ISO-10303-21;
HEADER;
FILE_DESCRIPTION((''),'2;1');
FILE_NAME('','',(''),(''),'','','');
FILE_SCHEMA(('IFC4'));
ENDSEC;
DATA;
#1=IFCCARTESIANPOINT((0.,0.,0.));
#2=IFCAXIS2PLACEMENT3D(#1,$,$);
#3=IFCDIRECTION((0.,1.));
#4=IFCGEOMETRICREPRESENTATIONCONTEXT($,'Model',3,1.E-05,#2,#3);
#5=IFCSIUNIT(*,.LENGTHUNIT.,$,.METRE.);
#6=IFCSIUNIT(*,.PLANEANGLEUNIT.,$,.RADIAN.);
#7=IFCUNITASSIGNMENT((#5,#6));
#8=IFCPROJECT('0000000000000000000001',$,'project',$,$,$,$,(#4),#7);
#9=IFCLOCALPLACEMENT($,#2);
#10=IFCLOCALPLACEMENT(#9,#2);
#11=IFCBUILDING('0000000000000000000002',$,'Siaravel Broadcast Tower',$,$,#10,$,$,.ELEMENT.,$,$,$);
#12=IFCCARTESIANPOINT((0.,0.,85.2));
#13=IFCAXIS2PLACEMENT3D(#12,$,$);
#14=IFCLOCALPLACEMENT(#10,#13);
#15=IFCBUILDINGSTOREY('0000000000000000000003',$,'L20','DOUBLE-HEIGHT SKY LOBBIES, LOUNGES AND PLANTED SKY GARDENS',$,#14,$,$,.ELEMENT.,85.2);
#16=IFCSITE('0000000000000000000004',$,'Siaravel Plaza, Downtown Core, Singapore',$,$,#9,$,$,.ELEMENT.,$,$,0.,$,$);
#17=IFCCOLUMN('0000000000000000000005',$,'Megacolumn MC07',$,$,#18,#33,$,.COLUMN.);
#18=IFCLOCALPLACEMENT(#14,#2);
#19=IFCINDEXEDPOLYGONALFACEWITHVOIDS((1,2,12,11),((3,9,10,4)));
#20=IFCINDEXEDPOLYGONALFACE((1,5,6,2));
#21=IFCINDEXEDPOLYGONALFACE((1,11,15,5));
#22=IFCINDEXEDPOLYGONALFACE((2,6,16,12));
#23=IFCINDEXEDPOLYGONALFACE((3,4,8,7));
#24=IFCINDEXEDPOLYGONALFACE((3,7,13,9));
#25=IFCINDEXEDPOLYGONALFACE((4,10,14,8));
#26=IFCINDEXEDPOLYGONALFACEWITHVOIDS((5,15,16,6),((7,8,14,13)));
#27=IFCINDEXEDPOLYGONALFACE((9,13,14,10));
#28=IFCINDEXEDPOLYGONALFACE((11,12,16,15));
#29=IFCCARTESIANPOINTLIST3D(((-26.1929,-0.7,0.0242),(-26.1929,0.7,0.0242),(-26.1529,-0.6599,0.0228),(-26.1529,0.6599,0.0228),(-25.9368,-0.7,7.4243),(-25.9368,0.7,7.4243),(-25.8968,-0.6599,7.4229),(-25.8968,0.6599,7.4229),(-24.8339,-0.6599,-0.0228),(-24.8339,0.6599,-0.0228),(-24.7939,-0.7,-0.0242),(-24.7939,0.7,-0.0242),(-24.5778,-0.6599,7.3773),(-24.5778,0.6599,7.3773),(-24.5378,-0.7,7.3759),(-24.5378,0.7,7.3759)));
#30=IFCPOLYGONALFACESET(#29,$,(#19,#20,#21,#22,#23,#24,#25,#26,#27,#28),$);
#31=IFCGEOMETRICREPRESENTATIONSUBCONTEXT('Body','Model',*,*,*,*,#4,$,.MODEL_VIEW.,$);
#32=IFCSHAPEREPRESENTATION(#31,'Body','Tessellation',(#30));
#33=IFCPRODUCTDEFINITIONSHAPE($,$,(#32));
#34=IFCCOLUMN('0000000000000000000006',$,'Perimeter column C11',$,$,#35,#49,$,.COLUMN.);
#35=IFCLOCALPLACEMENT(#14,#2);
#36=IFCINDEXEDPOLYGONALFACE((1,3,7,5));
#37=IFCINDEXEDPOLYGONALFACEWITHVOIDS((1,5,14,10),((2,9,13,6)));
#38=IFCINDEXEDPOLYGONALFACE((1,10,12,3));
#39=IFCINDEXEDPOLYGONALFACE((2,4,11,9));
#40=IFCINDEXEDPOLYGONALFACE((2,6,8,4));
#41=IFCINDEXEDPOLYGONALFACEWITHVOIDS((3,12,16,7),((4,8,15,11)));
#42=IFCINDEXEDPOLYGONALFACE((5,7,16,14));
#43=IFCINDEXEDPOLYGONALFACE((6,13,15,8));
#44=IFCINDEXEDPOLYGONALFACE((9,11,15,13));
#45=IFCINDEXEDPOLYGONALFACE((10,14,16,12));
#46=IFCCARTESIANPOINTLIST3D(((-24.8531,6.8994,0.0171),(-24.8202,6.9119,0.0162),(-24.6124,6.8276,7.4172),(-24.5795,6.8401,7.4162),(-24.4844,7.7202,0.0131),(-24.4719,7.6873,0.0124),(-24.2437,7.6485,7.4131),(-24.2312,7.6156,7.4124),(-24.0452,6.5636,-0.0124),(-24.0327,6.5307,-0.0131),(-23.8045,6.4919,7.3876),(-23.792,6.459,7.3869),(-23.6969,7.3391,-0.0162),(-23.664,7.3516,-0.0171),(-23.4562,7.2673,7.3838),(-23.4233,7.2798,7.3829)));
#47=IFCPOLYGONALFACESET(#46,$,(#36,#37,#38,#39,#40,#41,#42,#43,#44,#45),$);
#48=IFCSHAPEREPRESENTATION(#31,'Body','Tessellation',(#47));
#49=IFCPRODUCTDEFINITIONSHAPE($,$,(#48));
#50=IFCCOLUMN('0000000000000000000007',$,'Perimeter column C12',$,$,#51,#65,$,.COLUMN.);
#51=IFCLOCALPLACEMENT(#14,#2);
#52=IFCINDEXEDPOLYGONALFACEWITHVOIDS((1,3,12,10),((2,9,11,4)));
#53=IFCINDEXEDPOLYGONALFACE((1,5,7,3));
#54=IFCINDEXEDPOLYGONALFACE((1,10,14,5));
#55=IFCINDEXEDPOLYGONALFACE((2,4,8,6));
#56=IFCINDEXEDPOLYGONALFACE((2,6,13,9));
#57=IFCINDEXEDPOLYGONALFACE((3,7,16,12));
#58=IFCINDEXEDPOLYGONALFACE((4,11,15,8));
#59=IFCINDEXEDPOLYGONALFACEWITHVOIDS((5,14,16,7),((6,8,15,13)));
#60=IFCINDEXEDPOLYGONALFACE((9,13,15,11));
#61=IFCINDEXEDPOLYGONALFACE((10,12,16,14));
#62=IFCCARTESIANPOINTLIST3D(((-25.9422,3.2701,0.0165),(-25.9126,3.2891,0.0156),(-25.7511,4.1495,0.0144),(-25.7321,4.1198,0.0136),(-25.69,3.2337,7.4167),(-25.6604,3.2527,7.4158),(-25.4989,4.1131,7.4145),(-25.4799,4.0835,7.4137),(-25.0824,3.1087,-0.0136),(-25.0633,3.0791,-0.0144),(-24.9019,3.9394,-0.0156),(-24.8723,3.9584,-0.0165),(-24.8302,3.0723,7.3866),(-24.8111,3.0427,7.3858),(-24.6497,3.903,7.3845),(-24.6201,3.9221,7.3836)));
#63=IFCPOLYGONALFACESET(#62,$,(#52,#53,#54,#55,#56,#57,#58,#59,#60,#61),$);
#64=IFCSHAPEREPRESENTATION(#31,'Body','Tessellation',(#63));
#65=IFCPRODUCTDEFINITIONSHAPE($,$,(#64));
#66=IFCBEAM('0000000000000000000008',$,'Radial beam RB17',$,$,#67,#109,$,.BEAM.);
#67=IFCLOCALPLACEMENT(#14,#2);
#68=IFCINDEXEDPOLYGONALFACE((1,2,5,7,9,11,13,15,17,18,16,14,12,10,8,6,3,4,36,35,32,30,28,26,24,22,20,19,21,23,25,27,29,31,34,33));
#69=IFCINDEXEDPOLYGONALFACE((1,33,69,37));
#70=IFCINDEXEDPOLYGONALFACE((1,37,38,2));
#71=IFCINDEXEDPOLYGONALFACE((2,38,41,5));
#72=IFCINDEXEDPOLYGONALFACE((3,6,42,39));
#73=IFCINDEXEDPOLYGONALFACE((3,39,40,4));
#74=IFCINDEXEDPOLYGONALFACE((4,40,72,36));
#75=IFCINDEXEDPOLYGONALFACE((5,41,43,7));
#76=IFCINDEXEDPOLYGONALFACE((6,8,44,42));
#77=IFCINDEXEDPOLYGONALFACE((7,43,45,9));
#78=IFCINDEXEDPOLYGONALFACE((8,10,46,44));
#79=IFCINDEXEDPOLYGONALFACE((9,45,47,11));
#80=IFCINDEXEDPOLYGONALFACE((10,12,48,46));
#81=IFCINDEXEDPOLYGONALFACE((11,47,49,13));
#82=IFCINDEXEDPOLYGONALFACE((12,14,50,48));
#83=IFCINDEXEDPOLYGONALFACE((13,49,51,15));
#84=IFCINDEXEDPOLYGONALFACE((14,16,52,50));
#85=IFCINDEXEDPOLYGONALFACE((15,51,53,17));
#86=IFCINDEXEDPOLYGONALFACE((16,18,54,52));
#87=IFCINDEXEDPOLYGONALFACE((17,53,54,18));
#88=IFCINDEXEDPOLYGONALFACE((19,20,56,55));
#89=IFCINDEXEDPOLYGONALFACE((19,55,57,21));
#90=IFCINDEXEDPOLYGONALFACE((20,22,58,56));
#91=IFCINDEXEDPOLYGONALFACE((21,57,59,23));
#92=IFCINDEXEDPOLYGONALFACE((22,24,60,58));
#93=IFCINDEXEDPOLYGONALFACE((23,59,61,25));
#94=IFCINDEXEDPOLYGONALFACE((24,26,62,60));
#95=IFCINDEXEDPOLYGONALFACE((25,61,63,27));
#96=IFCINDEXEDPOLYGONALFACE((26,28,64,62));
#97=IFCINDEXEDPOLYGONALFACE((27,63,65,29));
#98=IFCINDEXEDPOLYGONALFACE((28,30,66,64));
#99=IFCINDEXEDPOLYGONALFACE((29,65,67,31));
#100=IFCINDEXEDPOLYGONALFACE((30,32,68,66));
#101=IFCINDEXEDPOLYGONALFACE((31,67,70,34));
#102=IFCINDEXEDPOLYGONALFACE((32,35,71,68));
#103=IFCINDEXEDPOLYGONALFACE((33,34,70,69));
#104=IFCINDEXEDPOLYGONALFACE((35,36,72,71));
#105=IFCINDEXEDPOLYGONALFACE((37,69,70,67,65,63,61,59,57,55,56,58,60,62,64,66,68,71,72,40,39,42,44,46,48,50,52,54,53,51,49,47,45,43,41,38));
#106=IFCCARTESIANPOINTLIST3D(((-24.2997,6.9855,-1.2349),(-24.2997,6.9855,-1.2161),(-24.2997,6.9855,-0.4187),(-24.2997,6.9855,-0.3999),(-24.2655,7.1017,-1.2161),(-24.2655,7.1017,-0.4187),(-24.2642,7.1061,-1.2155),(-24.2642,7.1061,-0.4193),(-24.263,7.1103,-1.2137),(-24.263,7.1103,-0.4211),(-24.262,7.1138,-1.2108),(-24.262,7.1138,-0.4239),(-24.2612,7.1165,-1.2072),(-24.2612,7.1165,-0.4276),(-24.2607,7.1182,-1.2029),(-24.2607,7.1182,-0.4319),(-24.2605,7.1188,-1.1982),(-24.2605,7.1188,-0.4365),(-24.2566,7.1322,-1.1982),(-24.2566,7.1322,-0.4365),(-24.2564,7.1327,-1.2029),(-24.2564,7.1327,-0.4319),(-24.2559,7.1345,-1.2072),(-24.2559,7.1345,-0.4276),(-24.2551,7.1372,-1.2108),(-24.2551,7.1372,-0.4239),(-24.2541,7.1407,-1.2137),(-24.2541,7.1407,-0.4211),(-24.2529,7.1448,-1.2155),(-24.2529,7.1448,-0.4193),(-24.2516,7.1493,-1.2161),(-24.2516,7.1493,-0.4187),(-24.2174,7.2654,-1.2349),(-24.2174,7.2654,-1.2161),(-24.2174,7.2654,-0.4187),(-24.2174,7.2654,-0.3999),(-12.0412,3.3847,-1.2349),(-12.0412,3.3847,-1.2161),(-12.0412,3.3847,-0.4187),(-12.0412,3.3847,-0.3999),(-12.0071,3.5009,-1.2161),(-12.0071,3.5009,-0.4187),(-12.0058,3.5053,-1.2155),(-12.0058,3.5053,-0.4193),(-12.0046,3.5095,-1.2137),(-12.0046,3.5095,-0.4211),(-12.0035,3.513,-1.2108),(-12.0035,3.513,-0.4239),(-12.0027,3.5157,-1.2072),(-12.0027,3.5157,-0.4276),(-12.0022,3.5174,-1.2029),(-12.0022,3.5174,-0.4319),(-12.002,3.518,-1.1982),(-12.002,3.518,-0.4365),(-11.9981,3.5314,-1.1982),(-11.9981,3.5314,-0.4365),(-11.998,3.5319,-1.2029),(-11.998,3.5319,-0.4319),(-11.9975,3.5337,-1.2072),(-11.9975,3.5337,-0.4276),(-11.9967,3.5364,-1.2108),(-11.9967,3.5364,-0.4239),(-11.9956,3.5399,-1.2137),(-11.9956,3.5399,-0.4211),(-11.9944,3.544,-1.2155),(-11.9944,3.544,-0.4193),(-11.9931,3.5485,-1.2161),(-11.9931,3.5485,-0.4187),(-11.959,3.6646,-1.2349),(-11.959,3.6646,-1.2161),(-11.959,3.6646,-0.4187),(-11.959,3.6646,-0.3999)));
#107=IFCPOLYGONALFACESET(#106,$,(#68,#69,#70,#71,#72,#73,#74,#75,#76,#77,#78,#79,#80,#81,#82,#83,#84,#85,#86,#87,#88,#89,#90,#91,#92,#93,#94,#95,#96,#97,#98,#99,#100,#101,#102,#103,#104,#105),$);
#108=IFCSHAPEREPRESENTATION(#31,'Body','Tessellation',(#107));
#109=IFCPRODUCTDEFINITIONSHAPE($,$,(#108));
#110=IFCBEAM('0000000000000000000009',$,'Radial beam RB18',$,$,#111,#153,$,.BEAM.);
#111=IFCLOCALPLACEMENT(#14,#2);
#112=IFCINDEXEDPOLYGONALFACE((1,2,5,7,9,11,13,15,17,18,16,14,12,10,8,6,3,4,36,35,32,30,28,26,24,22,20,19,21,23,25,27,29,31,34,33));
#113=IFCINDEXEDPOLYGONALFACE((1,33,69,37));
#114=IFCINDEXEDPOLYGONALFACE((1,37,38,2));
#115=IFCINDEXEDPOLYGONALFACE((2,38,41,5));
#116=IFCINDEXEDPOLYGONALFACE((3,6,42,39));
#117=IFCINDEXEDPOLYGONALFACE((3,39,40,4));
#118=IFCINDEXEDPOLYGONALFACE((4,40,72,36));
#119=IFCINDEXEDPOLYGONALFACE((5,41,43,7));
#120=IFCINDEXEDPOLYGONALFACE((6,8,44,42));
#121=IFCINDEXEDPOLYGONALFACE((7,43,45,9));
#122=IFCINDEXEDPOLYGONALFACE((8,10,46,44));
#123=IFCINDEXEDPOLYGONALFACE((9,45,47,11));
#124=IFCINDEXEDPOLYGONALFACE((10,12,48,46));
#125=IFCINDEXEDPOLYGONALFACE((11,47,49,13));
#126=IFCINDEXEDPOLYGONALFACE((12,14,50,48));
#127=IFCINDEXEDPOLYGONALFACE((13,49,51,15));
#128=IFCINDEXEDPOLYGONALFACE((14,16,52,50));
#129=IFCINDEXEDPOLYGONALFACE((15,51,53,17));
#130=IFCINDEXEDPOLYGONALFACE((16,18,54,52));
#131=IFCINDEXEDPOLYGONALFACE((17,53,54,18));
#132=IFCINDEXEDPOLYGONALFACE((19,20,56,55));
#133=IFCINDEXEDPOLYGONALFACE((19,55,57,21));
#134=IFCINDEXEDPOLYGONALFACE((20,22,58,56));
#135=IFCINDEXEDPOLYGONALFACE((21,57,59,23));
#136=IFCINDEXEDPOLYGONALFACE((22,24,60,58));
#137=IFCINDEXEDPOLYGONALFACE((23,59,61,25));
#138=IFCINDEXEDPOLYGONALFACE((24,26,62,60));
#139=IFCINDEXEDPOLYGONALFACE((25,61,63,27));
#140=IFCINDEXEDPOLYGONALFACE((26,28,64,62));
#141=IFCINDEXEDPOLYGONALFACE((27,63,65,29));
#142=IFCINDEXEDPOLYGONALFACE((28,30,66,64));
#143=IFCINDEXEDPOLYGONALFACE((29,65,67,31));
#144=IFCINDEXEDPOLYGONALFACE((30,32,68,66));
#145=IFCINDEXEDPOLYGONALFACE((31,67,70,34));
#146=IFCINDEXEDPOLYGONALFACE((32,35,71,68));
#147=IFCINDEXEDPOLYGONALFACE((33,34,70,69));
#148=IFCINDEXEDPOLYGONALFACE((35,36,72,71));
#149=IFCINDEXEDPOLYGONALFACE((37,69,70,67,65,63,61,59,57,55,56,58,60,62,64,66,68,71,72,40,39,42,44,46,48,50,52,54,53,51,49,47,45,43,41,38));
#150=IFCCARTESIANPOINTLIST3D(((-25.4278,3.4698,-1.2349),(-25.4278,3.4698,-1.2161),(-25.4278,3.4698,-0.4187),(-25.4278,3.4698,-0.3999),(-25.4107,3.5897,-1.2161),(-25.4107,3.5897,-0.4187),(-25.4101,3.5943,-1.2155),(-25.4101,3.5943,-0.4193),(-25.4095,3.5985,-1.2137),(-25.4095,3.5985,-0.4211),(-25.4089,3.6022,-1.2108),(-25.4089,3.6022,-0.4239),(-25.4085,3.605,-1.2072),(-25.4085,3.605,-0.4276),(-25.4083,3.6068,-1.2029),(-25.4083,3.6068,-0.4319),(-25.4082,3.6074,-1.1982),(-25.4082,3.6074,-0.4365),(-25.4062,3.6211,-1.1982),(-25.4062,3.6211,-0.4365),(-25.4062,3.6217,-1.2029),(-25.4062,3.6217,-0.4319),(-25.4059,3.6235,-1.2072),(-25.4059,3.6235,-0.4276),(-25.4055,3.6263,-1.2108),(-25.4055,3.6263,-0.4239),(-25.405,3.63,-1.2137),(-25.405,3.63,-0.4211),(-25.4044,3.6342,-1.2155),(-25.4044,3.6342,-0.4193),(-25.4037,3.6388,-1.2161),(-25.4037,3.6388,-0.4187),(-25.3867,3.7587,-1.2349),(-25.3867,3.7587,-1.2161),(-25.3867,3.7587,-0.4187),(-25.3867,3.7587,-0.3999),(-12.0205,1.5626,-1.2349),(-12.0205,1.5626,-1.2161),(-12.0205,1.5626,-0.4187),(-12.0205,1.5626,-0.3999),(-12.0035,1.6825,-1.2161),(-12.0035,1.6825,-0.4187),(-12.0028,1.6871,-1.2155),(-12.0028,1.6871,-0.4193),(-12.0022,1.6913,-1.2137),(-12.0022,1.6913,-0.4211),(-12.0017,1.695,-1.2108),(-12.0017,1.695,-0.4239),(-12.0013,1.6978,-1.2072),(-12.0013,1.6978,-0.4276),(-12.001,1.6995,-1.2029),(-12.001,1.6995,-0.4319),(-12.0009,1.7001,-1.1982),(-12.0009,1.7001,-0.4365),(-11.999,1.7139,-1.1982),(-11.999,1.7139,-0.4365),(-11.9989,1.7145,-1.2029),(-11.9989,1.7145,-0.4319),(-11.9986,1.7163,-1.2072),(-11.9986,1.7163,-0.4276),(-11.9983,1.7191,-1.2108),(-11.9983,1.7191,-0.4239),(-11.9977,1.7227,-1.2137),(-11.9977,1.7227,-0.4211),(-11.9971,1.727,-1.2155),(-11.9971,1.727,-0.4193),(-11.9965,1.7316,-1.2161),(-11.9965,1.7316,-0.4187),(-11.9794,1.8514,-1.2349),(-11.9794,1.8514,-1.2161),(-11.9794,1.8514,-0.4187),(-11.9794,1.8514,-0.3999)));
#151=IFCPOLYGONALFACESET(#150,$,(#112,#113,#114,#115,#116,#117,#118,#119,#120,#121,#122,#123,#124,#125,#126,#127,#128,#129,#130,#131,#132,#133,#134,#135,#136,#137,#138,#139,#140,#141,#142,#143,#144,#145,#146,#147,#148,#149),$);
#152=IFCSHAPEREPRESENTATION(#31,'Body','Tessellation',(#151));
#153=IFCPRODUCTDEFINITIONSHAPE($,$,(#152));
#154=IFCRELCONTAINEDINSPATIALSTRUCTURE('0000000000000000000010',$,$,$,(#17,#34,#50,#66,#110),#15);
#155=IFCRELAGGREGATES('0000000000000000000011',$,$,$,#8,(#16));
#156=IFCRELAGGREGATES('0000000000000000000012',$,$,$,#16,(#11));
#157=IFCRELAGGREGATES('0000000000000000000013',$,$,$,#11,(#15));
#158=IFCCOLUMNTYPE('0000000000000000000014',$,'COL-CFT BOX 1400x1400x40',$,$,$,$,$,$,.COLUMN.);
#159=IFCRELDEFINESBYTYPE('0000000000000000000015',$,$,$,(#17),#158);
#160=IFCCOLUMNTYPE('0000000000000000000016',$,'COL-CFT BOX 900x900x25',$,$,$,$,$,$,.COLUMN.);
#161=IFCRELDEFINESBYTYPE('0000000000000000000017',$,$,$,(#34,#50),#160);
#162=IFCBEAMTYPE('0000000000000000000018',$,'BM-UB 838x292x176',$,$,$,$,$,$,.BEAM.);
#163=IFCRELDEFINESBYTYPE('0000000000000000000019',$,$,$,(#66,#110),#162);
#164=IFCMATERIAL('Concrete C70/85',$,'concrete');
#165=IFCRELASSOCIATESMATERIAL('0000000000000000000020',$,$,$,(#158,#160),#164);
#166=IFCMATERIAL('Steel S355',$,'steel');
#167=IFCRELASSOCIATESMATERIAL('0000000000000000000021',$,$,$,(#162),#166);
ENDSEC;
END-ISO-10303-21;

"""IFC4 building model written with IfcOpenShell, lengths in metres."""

from ifc_helpers import new_model, si_unit, direction, frame, origin, origin_2d, place, context, subcontext, project, spatial, hollow_rectangle, i_section, extrude, material, material_profile, profile_set, type_object, element, save


model = new_model("IFC4")

# Units and contexts
model_context = context("Model", 3, precision=1e-05, world=origin(), true_north=direction((0.0, 1.0)))
body_context = subcontext(model_context, "Body", "Model", "MODEL_VIEW")
ifc_project = project(units=[si_unit("LENGTHUNIT", "METRE"), si_unit("PLANEANGLEUNIT", "RADIAN")], contexts=[model_context])

# Site, building, storey
site_placement = place(None, origin())
site = spatial("IfcSite", under=ifc_project, at=site_placement, Name="Siaravel Plaza, Downtown Core, Singapore", CompositionType="ELEMENT", RefElevation=0.0)
building_placement = place(site_placement, origin())
building = spatial("IfcBuilding", under=site, at=building_placement, Name="Siaravel Broadcast Tower", CompositionType="ELEMENT")
storey_placement = place(building_placement, frame((0.0, 0.0, 85.2)))
storey = spatial("IfcBuildingStorey", under=building, at=storey_placement, Name="L20", Description="DOUBLE-HEIGHT SKY LOBBIES, LOUNGES AND PLANTED SKY GARDENS", CompositionType="ELEMENT", Elevation=85.2)

# Columns
ifc_material_1 = material(Name="Concrete C70/85", Category="concrete")
ifc_material_profile_1 = material_profile(ifc_material_1, hollow_rectangle(XDim=1.3999, YDim=1.3999, WallThickness=0.04, at=origin_2d()))
ifc_profile_set_1 = profile_set([ifc_material_profile_1], Name="Concrete C70/85")
column_type_1 = type_object("IfcColumnType", Name="COL-CFT BOX 1400x1400x40", PredefinedType="COLUMN", material=ifc_profile_set_1)
column_1_placement = place(storey_placement, frame((-25.4934, 0.0, 0.0), z_axis=(0.034587, 0.0, 0.999402), x_axis=(0.0, 1.0, 0.0)))
element("IfcColumn", 1, at=column_1_placement, inside=storey, type_object=column_type_1, Name="Megacolumn MC07", PredefinedType="COLUMN", context=body_context, shape_type="SweptSolid", body=[
    extrude(hollow_rectangle(XDim=1.3999, YDim=1.3999, WallThickness=0.04, at=origin_2d()), origin(), (0.0, 0.0, 1.0), 7.4045),
])
ifc_material_profile_2 = material_profile(ifc_material_1, hollow_rectangle(XDim=0.8999, YDim=0.8999, WallThickness=0.0249, at=origin_2d()))
ifc_profile_set_2 = profile_set([ifc_material_profile_2], Name="Concrete C70/85")
column_type_2 = type_object("IfcColumnType", Name="COL-CFT BOX 900x900x25", PredefinedType="COLUMN", material=ifc_profile_set_2)
column_2_placement = place(storey_placement, frame((-24.2585, 7.1255, 0.0), z_axis=(0.032511, -0.009694, 0.999424), x_axis=(0.409727, 0.912197, -0.00448)))
element("IfcColumn", 2, at=column_2_placement, inside=storey, type_object=column_type_2, Name="Perimeter column C11", PredefinedType="COLUMN", context=body_context, shape_type="SweptSolid", body=[
    extrude(hollow_rectangle(XDim=0.8999, YDim=0.8999, WallThickness=0.0249, at=origin_2d()), origin(), (0.0, 0.0, 1.0), 7.4043),
])
column_3_placement = place(storey_placement, frame((-25.4072, 3.6143, 0.0), z_axis=(0.03406, -0.004913, 0.999408), x_axis=(0.212302, 0.977201, -0.002432)))
element("IfcColumn", 3, at=column_3_placement, inside=storey, type_object=column_type_2, Name="Perimeter column C12", PredefinedType="COLUMN", context=body_context, shape_type="SweptSolid", body=[
    extrude(hollow_rectangle(XDim=0.8999, YDim=0.8999, WallThickness=0.0249, at=origin_2d()), origin(), (0.0, 0.0, 1.0), 7.4045),
])

# Beams
ifc_material_2 = material(Name="Steel S355", Category="steel")
ifc_material_profile_3 = material_profile(ifc_material_2, i_section(OverallWidth=0.2917, OverallDepth=0.835, WebThickness=0.0139, FlangeThickness=0.0188, FilletRadius=0.0178, at=origin_2d()))
ifc_profile_set_3 = profile_set([ifc_material_profile_3], Name="Steel S355")
beam_type = type_object("IfcBeamType", Name="BM-UB 838x292x176", PredefinedType="BEAM", material=ifc_profile_set_3)
beam_1_placement = place(storey_placement, frame((-24.2585, 7.1255, -0.8174), z_axis=(0.959463, -0.281833, 0.0), x_axis=(0.281833, 0.959463, 0.0)))
element("IfcBeam", 4, at=beam_1_placement, inside=storey, type_object=beam_type, Name="Radial beam RB17", PredefinedType="BEAM", context=body_context, shape_type="SweptSolid", body=[
    extrude(i_section(OverallWidth=0.2917, OverallDepth=0.835, WebThickness=0.0139, FlangeThickness=0.0188, FilletRadius=0.0178, at=origin_2d()), origin(), (0.0, 0.0, 1.0), 12.7764),
])
beam_2_placement = place(storey_placement, frame((-25.4072, 3.6143, -0.8174), z_axis=(0.990033, -0.140836, 0.0), x_axis=(0.140836, 0.990033, 0.0)))
element("IfcBeam", 5, at=beam_2_placement, inside=storey, type_object=beam_type, Name="Radial beam RB18", PredefinedType="BEAM", context=body_context, shape_type="SweptSolid", body=[
    extrude(i_section(OverallWidth=0.2917, OverallDepth=0.835, WebThickness=0.0139, FlangeThickness=0.0188, FilletRadius=0.0178, at=origin_2d()), origin(), (0.0, 0.0, 1.0), 13.5422),
])

save(model, "model.ifc")
